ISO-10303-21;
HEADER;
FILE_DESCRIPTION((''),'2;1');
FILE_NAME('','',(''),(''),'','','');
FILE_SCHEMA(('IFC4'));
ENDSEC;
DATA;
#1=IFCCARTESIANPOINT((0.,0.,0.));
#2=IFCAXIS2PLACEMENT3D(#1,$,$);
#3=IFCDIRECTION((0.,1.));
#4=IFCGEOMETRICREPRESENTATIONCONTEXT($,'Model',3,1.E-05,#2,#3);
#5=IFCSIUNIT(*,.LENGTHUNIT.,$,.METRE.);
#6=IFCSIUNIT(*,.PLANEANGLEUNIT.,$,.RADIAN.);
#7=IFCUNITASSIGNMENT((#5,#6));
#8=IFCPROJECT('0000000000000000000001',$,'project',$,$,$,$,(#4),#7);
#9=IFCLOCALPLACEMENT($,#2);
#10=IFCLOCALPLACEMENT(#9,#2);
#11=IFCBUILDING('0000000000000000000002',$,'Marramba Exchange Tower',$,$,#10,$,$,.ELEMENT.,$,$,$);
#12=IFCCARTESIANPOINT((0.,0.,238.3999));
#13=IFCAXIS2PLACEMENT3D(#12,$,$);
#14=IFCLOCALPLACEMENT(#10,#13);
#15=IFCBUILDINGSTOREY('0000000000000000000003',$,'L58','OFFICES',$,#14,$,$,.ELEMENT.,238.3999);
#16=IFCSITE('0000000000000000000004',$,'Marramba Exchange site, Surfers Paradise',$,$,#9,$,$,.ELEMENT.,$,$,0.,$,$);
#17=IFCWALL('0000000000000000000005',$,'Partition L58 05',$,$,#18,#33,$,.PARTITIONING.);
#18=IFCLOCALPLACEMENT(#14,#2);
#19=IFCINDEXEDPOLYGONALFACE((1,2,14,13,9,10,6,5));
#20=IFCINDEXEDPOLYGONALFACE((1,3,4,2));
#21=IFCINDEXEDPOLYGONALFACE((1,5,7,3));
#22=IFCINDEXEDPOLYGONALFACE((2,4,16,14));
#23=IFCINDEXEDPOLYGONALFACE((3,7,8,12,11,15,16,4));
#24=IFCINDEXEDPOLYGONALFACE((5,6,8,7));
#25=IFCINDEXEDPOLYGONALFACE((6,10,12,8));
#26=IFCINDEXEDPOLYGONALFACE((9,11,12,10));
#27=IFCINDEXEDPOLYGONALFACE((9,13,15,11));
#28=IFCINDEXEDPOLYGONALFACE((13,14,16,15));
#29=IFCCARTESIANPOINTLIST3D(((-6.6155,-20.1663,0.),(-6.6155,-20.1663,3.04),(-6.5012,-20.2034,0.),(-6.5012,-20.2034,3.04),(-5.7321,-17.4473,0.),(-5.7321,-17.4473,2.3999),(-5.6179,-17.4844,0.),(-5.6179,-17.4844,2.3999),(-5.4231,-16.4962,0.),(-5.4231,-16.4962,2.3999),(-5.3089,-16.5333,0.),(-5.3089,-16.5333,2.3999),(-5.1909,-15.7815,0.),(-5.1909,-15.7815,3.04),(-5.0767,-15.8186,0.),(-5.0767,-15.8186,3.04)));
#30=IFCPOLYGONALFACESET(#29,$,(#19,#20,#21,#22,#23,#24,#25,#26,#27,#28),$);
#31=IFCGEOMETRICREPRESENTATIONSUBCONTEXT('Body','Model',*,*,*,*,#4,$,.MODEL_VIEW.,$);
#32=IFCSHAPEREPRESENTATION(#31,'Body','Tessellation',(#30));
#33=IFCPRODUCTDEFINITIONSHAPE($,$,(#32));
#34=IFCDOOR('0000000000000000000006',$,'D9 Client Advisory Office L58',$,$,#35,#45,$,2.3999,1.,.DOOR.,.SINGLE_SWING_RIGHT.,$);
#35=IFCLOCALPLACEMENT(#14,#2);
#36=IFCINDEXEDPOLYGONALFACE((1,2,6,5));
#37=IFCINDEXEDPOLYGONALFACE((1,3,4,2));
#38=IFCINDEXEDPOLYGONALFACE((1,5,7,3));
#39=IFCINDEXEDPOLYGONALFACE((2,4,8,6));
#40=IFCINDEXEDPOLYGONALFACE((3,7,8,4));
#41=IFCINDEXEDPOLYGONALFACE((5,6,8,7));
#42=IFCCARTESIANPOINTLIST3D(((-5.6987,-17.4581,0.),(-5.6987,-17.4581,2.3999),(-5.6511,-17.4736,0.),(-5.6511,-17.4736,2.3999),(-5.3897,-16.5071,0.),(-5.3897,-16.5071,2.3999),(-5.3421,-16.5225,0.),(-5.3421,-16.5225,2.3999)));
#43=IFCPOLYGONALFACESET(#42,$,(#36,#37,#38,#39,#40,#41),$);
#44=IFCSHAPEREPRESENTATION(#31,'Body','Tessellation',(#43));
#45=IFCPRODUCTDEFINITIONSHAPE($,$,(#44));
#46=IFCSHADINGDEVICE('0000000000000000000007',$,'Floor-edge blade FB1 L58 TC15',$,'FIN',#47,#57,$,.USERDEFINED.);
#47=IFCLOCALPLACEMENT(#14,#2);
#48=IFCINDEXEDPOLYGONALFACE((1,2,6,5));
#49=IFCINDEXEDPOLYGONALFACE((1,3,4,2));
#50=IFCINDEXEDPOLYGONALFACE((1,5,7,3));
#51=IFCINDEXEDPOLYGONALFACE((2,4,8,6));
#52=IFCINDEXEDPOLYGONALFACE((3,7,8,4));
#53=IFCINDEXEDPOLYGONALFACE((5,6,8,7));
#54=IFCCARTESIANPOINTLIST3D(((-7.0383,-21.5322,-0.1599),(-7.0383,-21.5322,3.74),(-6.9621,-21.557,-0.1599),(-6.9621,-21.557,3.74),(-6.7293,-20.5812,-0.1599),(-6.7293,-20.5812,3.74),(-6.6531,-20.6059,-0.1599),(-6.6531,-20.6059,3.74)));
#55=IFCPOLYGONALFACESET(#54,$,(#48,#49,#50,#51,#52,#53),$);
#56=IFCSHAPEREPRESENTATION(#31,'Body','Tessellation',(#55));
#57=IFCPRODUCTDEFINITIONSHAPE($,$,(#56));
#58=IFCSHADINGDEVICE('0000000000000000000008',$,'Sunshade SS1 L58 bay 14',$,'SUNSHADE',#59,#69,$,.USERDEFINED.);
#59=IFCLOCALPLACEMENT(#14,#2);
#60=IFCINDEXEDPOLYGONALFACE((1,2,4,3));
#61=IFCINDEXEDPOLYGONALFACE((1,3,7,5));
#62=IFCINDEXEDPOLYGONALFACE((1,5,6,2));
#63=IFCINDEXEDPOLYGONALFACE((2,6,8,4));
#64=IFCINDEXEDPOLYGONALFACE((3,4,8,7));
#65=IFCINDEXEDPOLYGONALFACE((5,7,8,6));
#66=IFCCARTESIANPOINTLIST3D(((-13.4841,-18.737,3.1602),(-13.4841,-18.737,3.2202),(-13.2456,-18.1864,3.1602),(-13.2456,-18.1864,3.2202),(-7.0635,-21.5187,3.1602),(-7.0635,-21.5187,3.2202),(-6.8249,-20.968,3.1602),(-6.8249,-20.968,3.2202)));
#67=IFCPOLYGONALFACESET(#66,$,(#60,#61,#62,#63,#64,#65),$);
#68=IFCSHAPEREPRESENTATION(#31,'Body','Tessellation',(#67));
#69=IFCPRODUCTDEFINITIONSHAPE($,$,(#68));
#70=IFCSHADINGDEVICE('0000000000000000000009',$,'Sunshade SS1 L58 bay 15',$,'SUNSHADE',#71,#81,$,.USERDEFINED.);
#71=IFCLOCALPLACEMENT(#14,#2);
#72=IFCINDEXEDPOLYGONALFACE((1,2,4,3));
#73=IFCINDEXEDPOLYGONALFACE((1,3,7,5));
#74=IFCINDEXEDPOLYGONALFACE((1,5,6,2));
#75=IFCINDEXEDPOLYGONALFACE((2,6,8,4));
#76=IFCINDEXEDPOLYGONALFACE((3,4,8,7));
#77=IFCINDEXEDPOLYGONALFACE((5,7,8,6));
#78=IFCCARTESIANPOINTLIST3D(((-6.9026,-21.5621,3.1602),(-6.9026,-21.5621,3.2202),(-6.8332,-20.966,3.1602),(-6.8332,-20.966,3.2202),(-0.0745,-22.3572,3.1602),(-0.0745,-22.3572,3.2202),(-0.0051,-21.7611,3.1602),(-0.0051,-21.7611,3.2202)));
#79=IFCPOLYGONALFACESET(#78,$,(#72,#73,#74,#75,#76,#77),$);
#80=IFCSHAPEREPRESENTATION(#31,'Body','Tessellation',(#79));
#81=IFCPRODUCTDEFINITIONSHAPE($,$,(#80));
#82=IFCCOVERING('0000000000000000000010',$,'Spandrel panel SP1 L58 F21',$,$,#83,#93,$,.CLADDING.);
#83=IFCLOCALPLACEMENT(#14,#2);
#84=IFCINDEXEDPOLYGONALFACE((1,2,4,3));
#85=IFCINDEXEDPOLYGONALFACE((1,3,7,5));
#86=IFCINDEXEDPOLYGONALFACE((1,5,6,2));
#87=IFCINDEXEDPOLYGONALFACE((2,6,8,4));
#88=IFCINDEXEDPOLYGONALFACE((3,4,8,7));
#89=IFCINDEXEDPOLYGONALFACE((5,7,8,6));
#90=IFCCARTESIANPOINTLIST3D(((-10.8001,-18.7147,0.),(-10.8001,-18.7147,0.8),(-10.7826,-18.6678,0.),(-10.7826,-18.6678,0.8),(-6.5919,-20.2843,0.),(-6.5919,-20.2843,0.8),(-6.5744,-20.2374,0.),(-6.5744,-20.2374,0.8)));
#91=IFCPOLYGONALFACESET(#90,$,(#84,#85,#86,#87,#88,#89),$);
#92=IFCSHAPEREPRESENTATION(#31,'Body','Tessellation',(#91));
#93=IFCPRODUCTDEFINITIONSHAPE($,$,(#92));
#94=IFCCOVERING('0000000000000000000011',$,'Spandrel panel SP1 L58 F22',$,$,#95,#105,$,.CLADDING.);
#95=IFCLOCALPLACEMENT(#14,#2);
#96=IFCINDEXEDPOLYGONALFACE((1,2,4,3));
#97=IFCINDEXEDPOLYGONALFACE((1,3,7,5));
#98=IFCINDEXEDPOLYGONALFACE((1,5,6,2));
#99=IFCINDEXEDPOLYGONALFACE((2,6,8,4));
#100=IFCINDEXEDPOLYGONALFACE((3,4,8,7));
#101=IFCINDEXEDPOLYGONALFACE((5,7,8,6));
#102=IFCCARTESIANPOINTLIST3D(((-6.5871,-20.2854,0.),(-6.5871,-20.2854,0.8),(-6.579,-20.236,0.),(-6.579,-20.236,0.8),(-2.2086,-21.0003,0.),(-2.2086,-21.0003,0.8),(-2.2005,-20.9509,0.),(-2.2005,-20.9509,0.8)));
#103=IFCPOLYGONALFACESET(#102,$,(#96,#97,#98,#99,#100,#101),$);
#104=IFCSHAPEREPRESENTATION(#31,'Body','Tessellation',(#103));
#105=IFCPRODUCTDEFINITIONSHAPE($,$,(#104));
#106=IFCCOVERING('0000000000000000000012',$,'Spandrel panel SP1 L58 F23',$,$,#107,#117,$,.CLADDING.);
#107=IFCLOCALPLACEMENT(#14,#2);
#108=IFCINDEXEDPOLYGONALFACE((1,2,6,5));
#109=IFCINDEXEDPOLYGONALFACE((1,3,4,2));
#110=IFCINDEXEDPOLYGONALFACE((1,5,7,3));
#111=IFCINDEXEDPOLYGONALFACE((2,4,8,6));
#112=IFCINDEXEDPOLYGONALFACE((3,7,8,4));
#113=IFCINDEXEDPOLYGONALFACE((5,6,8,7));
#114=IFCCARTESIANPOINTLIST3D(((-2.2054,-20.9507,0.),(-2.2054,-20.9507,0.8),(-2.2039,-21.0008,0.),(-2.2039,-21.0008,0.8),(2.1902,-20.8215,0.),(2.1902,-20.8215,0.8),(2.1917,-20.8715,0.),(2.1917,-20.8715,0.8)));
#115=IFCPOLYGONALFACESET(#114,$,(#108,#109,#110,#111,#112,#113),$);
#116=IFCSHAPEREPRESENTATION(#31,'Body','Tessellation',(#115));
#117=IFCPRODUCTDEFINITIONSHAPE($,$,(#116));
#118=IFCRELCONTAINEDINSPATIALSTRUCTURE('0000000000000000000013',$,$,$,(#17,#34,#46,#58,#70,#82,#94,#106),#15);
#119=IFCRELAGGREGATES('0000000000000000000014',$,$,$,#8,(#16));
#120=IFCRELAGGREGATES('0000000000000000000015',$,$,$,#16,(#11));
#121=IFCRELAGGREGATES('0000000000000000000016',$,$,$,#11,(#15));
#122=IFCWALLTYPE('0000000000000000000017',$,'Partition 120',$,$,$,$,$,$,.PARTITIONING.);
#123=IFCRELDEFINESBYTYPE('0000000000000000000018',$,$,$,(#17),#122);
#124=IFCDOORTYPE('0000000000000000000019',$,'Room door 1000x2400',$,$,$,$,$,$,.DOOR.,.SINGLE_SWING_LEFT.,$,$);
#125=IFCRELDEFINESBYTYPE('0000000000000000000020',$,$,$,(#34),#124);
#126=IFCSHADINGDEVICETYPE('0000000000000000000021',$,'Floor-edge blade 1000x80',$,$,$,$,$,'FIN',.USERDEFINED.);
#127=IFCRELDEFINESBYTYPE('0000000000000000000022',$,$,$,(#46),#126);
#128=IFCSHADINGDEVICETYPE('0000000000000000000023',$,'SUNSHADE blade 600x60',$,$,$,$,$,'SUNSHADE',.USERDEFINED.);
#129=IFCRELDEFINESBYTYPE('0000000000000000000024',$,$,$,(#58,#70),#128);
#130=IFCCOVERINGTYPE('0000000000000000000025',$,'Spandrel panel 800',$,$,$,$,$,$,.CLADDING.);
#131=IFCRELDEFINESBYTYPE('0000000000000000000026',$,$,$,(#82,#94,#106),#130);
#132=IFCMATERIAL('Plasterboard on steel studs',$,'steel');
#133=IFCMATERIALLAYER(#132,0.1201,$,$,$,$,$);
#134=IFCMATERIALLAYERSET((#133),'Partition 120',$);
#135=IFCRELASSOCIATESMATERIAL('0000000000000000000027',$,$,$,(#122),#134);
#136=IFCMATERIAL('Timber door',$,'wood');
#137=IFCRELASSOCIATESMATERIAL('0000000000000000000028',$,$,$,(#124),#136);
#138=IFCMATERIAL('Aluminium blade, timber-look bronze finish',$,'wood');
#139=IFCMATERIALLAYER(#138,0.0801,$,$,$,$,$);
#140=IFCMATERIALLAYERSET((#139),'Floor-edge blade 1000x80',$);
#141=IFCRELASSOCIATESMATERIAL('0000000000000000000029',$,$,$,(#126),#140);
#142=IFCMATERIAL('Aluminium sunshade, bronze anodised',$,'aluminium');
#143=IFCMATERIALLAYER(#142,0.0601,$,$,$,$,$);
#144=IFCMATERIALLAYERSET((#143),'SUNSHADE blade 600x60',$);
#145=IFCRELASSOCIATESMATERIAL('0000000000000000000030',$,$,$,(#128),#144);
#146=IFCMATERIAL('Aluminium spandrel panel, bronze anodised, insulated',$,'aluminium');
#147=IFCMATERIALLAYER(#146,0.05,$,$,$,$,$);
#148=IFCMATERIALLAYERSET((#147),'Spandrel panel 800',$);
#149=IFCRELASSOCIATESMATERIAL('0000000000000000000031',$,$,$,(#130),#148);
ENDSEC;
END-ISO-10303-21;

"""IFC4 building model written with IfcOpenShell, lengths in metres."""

from ifc_helpers import new_model, si_unit, direction, frame, frame_2d, origin, origin_2d, place, context, subcontext, project, spatial, rectangle, extrude, material, layer, layer_set, type_object, element, fill, save


model = new_model("IFC4")

# Units and contexts
model_context = context("Model", 3, precision=1e-05, world=origin(), true_north=direction((0.0, 1.0)))
body_context = subcontext(model_context, "Body", "Model", "MODEL_VIEW")
ifc_project = project(units=[si_unit("LENGTHUNIT", "METRE"), si_unit("PLANEANGLEUNIT", "RADIAN")], contexts=[model_context])

# Site, building, storey
site_placement = place(None, origin())
site = spatial("IfcSite", under=ifc_project, at=site_placement, Name="Marramba Exchange site, Surfers Paradise", CompositionType="ELEMENT", RefElevation=0.0)
building_placement = place(site_placement, origin())
building = spatial("IfcBuilding", under=site, at=building_placement, Name="Marramba Exchange Tower", CompositionType="ELEMENT")
storey_placement = place(building_placement, frame((0.0, 0.0, 238.3999)))
storey = spatial("IfcBuildingStorey", under=building, at=storey_placement, Name="L58", Description="OFFICES", CompositionType="ELEMENT", Elevation=238.3999)

# Wall, opening, door
ifc_material_1 = material(Name="Plasterboard on steel studs", Category="steel")
ifc_layer_1 = layer(ifc_material_1, 0.1201)
ifc_layer_set_1 = layer_set([ifc_layer_1], Name="Partition 120")
wall_type = type_object("IfcWallType", Name="Partition 120", PredefinedType="PARTITIONING", material=ifc_layer_set_1)
wall_placement = place(storey_placement, frame((-6.5583, -20.1848, 0.0), z_axis=(0.0, 0.0, 1.0), x_axis=(0.30899, 0.951065, 0.0)))
wall = element("IfcWall", 1, at=wall_placement, inside=storey, type_object=wall_type, Name="Partition L58 05", PredefinedType="PARTITIONING", context=body_context, shape_type="SweptSolid", body=[
    extrude(rectangle(XDim=4.6104, YDim=0.1201, at=frame_2d((2.3052, 0.0))), origin(), (0.0, 0.0, 1.0), 3.04),
])
opening_placement = place(wall_placement, frame((2.8589, 0.0, 0.0)))
opening = element("IfcOpeningElement", 2, at=opening_placement, cuts=wall, PredefinedType="OPENING", context=body_context, shape_type="SweptSolid", body=[
    extrude(rectangle(XDim=1.0, YDim=2.3999, at=frame_2d((0.5, 1.2))), frame((0.0, 0.0701, 0.0), z_axis=(0.0, -1.0, 0.0), x_axis=(1.0, 0.0, 0.0)), (0.0, 0.0, 1.0), 0.1401),
])
ifc_material_2 = material(Name="Timber door", Category="wood")
door_type = type_object("IfcDoorType", Name="Room door 1000x2400", OperationType="SINGLE_SWING_LEFT", PredefinedType="DOOR", material=ifc_material_2)
door_placement = place(opening_placement, origin())
door = element("IfcDoor", 3, at=door_placement, inside=storey, type_object=door_type, Name="D9 Client Advisory Office L58", OperationType="SINGLE_SWING_RIGHT", OverallHeight=2.3999, OverallWidth=1.0, PredefinedType="DOOR", context=body_context, shape_type="SweptSolid", body=[
    extrude(rectangle(XDim=1.0, YDim=2.3999, at=frame_2d((0.5, 1.2))), frame((0.0, 0.0249, 0.0), z_axis=(0.0, -1.0, 0.0), x_axis=(1.0, 0.0, 0.0)), (0.0, 0.0, 1.0), 0.05),
])
fill(opening, door)

# Shading devices
ifc_material_3 = material(Name="Aluminium blade, timber-look bronze finish", Category="wood")
ifc_layer_2 = layer(ifc_material_3, 0.0801)
ifc_layer_set_2 = layer_set([ifc_layer_2], Name="Floor-edge blade 1000x80")
shading_device_type_1 = type_object("IfcShadingDeviceType", Name="Floor-edge blade 1000x80", ElementType="FIN", PredefinedType="USERDEFINED", material=ifc_layer_set_2)
shading_device_1_placement = place(storey_placement, frame((-6.8457, -21.0691, -0.1599), z_axis=(0.0, 0.0, 1.0), x_axis=(-0.309017, -0.951057, 0.0)))
element("IfcShadingDevice", 4, at=shading_device_1_placement, inside=storey, type_object=shading_device_type_1, Name="Floor-edge blade FB1 L58 TC15", ObjectType="FIN", PredefinedType="USERDEFINED", context=body_context, shape_type="SweptSolid", body=[
    extrude(rectangle(XDim=1.0, YDim=0.0801, at=origin_2d()), origin(), (0.0, 0.0, 1.0), 3.8999),
])
ifc_material_4 = material(Name="Aluminium sunshade, bronze anodised", Category="aluminium")
ifc_layer_3 = layer(ifc_material_4, 0.0601)
ifc_layer_set_3 = layer_set([ifc_layer_3], Name="SUNSHADE blade 600x60")
shading_device_type_2 = type_object("IfcShadingDeviceType", Name="SUNSHADE blade 600x60", ElementType="SUNSHADE", PredefinedType="USERDEFINED", material=ifc_layer_set_3)
shading_device_2_placement = place(storey_placement, frame((-10.1545, -19.8525, 3.1602), z_axis=(0.0, 0.0, 1.0), x_axis=(0.917589, -0.39753, 0.0)))
element("IfcShadingDevice", 5, at=shading_device_2_placement, inside=storey, type_object=shading_device_type_2, Name="Sunshade SS1 L58 bay 14", ObjectType="SUNSHADE", PredefinedType="USERDEFINED", context=body_context, shape_type="SweptSolid", body=[
    extrude(rectangle(XDim=6.9973, YDim=0.6001, at=origin_2d()), origin(), (0.0, 0.0, 1.0), 0.0601),
])
shading_device_3_placement = place(storey_placement, frame((-3.4539, -21.6616, 3.1602), z_axis=(0.0, 0.0, 1.0), x_axis=(0.993288, -0.115665, 0.0)))
element("IfcShadingDevice", 6, at=shading_device_3_placement, inside=storey, type_object=shading_device_type_2, Name="Sunshade SS1 L58 bay 15", ObjectType="SUNSHADE", PredefinedType="USERDEFINED", context=body_context, shape_type="SweptSolid", body=[
    extrude(rectangle(XDim=6.8743, YDim=0.6001, at=origin_2d()), origin(), (0.0, 0.0, 1.0), 0.0601),
])

# Coverings
ifc_material_5 = material(Name="Aluminium spandrel panel, bronze anodised, insulated", Category="aluminium")
ifc_layer_4 = layer(ifc_material_5, 0.05)
ifc_layer_set_4 = layer_set([ifc_layer_4], Name="Spandrel panel 800")
covering_type = type_object("IfcCoveringType", Name="Spandrel panel 800", PredefinedType="CLADDING", material=ifc_layer_set_4)
covering_1_placement = place(storey_placement, frame((-8.6873, -19.4761, 0.0), z_axis=(0.0, 0.0, 1.0), x_axis=(0.936952, -0.349459, 0.0)))
element("IfcCovering", 7, at=covering_1_placement, inside=storey, type_object=covering_type, Name="Spandrel panel SP1 L58 F21", PredefinedType="CLADDING", context=body_context, shape_type="SweptSolid", body=[
    extrude(rectangle(XDim=4.4915, YDim=0.05, at=origin_2d()), origin(), (0.0, 0.0, 1.0), 0.8),
])
covering_2_placement = place(storey_placement, frame((-4.3938, -20.6182, 0.0), z_axis=(0.0, 0.0, 1.0), x_axis=(0.986931, -0.161146, 0.0)))
element("IfcCovering", 8, at=covering_2_placement, inside=storey, type_object=covering_type, Name="Spandrel panel SP1 L58 F22", PredefinedType="CLADDING", context=body_context, shape_type="SweptSolid", body=[
    extrude(rectangle(XDim=4.4365, YDim=0.05, at=origin_2d()), origin(), (0.0, 0.0, 1.0), 0.8),
])
covering_3_placement = place(storey_placement, frame((-0.0068, -20.9111, 0.0), z_axis=(0.0, 0.0, 1.0), x_axis=(0.999568, 0.029393, 0.0)))
element("IfcCovering", 9, at=covering_3_placement, inside=storey, type_object=covering_type, Name="Spandrel panel SP1 L58 F23", PredefinedType="CLADDING", context=body_context, shape_type="SweptSolid", body=[
    extrude(rectangle(XDim=4.3975, YDim=0.05, at=origin_2d()), origin(), (0.0, 0.0, 1.0), 0.8),
])

save(model, "model.ifc")
